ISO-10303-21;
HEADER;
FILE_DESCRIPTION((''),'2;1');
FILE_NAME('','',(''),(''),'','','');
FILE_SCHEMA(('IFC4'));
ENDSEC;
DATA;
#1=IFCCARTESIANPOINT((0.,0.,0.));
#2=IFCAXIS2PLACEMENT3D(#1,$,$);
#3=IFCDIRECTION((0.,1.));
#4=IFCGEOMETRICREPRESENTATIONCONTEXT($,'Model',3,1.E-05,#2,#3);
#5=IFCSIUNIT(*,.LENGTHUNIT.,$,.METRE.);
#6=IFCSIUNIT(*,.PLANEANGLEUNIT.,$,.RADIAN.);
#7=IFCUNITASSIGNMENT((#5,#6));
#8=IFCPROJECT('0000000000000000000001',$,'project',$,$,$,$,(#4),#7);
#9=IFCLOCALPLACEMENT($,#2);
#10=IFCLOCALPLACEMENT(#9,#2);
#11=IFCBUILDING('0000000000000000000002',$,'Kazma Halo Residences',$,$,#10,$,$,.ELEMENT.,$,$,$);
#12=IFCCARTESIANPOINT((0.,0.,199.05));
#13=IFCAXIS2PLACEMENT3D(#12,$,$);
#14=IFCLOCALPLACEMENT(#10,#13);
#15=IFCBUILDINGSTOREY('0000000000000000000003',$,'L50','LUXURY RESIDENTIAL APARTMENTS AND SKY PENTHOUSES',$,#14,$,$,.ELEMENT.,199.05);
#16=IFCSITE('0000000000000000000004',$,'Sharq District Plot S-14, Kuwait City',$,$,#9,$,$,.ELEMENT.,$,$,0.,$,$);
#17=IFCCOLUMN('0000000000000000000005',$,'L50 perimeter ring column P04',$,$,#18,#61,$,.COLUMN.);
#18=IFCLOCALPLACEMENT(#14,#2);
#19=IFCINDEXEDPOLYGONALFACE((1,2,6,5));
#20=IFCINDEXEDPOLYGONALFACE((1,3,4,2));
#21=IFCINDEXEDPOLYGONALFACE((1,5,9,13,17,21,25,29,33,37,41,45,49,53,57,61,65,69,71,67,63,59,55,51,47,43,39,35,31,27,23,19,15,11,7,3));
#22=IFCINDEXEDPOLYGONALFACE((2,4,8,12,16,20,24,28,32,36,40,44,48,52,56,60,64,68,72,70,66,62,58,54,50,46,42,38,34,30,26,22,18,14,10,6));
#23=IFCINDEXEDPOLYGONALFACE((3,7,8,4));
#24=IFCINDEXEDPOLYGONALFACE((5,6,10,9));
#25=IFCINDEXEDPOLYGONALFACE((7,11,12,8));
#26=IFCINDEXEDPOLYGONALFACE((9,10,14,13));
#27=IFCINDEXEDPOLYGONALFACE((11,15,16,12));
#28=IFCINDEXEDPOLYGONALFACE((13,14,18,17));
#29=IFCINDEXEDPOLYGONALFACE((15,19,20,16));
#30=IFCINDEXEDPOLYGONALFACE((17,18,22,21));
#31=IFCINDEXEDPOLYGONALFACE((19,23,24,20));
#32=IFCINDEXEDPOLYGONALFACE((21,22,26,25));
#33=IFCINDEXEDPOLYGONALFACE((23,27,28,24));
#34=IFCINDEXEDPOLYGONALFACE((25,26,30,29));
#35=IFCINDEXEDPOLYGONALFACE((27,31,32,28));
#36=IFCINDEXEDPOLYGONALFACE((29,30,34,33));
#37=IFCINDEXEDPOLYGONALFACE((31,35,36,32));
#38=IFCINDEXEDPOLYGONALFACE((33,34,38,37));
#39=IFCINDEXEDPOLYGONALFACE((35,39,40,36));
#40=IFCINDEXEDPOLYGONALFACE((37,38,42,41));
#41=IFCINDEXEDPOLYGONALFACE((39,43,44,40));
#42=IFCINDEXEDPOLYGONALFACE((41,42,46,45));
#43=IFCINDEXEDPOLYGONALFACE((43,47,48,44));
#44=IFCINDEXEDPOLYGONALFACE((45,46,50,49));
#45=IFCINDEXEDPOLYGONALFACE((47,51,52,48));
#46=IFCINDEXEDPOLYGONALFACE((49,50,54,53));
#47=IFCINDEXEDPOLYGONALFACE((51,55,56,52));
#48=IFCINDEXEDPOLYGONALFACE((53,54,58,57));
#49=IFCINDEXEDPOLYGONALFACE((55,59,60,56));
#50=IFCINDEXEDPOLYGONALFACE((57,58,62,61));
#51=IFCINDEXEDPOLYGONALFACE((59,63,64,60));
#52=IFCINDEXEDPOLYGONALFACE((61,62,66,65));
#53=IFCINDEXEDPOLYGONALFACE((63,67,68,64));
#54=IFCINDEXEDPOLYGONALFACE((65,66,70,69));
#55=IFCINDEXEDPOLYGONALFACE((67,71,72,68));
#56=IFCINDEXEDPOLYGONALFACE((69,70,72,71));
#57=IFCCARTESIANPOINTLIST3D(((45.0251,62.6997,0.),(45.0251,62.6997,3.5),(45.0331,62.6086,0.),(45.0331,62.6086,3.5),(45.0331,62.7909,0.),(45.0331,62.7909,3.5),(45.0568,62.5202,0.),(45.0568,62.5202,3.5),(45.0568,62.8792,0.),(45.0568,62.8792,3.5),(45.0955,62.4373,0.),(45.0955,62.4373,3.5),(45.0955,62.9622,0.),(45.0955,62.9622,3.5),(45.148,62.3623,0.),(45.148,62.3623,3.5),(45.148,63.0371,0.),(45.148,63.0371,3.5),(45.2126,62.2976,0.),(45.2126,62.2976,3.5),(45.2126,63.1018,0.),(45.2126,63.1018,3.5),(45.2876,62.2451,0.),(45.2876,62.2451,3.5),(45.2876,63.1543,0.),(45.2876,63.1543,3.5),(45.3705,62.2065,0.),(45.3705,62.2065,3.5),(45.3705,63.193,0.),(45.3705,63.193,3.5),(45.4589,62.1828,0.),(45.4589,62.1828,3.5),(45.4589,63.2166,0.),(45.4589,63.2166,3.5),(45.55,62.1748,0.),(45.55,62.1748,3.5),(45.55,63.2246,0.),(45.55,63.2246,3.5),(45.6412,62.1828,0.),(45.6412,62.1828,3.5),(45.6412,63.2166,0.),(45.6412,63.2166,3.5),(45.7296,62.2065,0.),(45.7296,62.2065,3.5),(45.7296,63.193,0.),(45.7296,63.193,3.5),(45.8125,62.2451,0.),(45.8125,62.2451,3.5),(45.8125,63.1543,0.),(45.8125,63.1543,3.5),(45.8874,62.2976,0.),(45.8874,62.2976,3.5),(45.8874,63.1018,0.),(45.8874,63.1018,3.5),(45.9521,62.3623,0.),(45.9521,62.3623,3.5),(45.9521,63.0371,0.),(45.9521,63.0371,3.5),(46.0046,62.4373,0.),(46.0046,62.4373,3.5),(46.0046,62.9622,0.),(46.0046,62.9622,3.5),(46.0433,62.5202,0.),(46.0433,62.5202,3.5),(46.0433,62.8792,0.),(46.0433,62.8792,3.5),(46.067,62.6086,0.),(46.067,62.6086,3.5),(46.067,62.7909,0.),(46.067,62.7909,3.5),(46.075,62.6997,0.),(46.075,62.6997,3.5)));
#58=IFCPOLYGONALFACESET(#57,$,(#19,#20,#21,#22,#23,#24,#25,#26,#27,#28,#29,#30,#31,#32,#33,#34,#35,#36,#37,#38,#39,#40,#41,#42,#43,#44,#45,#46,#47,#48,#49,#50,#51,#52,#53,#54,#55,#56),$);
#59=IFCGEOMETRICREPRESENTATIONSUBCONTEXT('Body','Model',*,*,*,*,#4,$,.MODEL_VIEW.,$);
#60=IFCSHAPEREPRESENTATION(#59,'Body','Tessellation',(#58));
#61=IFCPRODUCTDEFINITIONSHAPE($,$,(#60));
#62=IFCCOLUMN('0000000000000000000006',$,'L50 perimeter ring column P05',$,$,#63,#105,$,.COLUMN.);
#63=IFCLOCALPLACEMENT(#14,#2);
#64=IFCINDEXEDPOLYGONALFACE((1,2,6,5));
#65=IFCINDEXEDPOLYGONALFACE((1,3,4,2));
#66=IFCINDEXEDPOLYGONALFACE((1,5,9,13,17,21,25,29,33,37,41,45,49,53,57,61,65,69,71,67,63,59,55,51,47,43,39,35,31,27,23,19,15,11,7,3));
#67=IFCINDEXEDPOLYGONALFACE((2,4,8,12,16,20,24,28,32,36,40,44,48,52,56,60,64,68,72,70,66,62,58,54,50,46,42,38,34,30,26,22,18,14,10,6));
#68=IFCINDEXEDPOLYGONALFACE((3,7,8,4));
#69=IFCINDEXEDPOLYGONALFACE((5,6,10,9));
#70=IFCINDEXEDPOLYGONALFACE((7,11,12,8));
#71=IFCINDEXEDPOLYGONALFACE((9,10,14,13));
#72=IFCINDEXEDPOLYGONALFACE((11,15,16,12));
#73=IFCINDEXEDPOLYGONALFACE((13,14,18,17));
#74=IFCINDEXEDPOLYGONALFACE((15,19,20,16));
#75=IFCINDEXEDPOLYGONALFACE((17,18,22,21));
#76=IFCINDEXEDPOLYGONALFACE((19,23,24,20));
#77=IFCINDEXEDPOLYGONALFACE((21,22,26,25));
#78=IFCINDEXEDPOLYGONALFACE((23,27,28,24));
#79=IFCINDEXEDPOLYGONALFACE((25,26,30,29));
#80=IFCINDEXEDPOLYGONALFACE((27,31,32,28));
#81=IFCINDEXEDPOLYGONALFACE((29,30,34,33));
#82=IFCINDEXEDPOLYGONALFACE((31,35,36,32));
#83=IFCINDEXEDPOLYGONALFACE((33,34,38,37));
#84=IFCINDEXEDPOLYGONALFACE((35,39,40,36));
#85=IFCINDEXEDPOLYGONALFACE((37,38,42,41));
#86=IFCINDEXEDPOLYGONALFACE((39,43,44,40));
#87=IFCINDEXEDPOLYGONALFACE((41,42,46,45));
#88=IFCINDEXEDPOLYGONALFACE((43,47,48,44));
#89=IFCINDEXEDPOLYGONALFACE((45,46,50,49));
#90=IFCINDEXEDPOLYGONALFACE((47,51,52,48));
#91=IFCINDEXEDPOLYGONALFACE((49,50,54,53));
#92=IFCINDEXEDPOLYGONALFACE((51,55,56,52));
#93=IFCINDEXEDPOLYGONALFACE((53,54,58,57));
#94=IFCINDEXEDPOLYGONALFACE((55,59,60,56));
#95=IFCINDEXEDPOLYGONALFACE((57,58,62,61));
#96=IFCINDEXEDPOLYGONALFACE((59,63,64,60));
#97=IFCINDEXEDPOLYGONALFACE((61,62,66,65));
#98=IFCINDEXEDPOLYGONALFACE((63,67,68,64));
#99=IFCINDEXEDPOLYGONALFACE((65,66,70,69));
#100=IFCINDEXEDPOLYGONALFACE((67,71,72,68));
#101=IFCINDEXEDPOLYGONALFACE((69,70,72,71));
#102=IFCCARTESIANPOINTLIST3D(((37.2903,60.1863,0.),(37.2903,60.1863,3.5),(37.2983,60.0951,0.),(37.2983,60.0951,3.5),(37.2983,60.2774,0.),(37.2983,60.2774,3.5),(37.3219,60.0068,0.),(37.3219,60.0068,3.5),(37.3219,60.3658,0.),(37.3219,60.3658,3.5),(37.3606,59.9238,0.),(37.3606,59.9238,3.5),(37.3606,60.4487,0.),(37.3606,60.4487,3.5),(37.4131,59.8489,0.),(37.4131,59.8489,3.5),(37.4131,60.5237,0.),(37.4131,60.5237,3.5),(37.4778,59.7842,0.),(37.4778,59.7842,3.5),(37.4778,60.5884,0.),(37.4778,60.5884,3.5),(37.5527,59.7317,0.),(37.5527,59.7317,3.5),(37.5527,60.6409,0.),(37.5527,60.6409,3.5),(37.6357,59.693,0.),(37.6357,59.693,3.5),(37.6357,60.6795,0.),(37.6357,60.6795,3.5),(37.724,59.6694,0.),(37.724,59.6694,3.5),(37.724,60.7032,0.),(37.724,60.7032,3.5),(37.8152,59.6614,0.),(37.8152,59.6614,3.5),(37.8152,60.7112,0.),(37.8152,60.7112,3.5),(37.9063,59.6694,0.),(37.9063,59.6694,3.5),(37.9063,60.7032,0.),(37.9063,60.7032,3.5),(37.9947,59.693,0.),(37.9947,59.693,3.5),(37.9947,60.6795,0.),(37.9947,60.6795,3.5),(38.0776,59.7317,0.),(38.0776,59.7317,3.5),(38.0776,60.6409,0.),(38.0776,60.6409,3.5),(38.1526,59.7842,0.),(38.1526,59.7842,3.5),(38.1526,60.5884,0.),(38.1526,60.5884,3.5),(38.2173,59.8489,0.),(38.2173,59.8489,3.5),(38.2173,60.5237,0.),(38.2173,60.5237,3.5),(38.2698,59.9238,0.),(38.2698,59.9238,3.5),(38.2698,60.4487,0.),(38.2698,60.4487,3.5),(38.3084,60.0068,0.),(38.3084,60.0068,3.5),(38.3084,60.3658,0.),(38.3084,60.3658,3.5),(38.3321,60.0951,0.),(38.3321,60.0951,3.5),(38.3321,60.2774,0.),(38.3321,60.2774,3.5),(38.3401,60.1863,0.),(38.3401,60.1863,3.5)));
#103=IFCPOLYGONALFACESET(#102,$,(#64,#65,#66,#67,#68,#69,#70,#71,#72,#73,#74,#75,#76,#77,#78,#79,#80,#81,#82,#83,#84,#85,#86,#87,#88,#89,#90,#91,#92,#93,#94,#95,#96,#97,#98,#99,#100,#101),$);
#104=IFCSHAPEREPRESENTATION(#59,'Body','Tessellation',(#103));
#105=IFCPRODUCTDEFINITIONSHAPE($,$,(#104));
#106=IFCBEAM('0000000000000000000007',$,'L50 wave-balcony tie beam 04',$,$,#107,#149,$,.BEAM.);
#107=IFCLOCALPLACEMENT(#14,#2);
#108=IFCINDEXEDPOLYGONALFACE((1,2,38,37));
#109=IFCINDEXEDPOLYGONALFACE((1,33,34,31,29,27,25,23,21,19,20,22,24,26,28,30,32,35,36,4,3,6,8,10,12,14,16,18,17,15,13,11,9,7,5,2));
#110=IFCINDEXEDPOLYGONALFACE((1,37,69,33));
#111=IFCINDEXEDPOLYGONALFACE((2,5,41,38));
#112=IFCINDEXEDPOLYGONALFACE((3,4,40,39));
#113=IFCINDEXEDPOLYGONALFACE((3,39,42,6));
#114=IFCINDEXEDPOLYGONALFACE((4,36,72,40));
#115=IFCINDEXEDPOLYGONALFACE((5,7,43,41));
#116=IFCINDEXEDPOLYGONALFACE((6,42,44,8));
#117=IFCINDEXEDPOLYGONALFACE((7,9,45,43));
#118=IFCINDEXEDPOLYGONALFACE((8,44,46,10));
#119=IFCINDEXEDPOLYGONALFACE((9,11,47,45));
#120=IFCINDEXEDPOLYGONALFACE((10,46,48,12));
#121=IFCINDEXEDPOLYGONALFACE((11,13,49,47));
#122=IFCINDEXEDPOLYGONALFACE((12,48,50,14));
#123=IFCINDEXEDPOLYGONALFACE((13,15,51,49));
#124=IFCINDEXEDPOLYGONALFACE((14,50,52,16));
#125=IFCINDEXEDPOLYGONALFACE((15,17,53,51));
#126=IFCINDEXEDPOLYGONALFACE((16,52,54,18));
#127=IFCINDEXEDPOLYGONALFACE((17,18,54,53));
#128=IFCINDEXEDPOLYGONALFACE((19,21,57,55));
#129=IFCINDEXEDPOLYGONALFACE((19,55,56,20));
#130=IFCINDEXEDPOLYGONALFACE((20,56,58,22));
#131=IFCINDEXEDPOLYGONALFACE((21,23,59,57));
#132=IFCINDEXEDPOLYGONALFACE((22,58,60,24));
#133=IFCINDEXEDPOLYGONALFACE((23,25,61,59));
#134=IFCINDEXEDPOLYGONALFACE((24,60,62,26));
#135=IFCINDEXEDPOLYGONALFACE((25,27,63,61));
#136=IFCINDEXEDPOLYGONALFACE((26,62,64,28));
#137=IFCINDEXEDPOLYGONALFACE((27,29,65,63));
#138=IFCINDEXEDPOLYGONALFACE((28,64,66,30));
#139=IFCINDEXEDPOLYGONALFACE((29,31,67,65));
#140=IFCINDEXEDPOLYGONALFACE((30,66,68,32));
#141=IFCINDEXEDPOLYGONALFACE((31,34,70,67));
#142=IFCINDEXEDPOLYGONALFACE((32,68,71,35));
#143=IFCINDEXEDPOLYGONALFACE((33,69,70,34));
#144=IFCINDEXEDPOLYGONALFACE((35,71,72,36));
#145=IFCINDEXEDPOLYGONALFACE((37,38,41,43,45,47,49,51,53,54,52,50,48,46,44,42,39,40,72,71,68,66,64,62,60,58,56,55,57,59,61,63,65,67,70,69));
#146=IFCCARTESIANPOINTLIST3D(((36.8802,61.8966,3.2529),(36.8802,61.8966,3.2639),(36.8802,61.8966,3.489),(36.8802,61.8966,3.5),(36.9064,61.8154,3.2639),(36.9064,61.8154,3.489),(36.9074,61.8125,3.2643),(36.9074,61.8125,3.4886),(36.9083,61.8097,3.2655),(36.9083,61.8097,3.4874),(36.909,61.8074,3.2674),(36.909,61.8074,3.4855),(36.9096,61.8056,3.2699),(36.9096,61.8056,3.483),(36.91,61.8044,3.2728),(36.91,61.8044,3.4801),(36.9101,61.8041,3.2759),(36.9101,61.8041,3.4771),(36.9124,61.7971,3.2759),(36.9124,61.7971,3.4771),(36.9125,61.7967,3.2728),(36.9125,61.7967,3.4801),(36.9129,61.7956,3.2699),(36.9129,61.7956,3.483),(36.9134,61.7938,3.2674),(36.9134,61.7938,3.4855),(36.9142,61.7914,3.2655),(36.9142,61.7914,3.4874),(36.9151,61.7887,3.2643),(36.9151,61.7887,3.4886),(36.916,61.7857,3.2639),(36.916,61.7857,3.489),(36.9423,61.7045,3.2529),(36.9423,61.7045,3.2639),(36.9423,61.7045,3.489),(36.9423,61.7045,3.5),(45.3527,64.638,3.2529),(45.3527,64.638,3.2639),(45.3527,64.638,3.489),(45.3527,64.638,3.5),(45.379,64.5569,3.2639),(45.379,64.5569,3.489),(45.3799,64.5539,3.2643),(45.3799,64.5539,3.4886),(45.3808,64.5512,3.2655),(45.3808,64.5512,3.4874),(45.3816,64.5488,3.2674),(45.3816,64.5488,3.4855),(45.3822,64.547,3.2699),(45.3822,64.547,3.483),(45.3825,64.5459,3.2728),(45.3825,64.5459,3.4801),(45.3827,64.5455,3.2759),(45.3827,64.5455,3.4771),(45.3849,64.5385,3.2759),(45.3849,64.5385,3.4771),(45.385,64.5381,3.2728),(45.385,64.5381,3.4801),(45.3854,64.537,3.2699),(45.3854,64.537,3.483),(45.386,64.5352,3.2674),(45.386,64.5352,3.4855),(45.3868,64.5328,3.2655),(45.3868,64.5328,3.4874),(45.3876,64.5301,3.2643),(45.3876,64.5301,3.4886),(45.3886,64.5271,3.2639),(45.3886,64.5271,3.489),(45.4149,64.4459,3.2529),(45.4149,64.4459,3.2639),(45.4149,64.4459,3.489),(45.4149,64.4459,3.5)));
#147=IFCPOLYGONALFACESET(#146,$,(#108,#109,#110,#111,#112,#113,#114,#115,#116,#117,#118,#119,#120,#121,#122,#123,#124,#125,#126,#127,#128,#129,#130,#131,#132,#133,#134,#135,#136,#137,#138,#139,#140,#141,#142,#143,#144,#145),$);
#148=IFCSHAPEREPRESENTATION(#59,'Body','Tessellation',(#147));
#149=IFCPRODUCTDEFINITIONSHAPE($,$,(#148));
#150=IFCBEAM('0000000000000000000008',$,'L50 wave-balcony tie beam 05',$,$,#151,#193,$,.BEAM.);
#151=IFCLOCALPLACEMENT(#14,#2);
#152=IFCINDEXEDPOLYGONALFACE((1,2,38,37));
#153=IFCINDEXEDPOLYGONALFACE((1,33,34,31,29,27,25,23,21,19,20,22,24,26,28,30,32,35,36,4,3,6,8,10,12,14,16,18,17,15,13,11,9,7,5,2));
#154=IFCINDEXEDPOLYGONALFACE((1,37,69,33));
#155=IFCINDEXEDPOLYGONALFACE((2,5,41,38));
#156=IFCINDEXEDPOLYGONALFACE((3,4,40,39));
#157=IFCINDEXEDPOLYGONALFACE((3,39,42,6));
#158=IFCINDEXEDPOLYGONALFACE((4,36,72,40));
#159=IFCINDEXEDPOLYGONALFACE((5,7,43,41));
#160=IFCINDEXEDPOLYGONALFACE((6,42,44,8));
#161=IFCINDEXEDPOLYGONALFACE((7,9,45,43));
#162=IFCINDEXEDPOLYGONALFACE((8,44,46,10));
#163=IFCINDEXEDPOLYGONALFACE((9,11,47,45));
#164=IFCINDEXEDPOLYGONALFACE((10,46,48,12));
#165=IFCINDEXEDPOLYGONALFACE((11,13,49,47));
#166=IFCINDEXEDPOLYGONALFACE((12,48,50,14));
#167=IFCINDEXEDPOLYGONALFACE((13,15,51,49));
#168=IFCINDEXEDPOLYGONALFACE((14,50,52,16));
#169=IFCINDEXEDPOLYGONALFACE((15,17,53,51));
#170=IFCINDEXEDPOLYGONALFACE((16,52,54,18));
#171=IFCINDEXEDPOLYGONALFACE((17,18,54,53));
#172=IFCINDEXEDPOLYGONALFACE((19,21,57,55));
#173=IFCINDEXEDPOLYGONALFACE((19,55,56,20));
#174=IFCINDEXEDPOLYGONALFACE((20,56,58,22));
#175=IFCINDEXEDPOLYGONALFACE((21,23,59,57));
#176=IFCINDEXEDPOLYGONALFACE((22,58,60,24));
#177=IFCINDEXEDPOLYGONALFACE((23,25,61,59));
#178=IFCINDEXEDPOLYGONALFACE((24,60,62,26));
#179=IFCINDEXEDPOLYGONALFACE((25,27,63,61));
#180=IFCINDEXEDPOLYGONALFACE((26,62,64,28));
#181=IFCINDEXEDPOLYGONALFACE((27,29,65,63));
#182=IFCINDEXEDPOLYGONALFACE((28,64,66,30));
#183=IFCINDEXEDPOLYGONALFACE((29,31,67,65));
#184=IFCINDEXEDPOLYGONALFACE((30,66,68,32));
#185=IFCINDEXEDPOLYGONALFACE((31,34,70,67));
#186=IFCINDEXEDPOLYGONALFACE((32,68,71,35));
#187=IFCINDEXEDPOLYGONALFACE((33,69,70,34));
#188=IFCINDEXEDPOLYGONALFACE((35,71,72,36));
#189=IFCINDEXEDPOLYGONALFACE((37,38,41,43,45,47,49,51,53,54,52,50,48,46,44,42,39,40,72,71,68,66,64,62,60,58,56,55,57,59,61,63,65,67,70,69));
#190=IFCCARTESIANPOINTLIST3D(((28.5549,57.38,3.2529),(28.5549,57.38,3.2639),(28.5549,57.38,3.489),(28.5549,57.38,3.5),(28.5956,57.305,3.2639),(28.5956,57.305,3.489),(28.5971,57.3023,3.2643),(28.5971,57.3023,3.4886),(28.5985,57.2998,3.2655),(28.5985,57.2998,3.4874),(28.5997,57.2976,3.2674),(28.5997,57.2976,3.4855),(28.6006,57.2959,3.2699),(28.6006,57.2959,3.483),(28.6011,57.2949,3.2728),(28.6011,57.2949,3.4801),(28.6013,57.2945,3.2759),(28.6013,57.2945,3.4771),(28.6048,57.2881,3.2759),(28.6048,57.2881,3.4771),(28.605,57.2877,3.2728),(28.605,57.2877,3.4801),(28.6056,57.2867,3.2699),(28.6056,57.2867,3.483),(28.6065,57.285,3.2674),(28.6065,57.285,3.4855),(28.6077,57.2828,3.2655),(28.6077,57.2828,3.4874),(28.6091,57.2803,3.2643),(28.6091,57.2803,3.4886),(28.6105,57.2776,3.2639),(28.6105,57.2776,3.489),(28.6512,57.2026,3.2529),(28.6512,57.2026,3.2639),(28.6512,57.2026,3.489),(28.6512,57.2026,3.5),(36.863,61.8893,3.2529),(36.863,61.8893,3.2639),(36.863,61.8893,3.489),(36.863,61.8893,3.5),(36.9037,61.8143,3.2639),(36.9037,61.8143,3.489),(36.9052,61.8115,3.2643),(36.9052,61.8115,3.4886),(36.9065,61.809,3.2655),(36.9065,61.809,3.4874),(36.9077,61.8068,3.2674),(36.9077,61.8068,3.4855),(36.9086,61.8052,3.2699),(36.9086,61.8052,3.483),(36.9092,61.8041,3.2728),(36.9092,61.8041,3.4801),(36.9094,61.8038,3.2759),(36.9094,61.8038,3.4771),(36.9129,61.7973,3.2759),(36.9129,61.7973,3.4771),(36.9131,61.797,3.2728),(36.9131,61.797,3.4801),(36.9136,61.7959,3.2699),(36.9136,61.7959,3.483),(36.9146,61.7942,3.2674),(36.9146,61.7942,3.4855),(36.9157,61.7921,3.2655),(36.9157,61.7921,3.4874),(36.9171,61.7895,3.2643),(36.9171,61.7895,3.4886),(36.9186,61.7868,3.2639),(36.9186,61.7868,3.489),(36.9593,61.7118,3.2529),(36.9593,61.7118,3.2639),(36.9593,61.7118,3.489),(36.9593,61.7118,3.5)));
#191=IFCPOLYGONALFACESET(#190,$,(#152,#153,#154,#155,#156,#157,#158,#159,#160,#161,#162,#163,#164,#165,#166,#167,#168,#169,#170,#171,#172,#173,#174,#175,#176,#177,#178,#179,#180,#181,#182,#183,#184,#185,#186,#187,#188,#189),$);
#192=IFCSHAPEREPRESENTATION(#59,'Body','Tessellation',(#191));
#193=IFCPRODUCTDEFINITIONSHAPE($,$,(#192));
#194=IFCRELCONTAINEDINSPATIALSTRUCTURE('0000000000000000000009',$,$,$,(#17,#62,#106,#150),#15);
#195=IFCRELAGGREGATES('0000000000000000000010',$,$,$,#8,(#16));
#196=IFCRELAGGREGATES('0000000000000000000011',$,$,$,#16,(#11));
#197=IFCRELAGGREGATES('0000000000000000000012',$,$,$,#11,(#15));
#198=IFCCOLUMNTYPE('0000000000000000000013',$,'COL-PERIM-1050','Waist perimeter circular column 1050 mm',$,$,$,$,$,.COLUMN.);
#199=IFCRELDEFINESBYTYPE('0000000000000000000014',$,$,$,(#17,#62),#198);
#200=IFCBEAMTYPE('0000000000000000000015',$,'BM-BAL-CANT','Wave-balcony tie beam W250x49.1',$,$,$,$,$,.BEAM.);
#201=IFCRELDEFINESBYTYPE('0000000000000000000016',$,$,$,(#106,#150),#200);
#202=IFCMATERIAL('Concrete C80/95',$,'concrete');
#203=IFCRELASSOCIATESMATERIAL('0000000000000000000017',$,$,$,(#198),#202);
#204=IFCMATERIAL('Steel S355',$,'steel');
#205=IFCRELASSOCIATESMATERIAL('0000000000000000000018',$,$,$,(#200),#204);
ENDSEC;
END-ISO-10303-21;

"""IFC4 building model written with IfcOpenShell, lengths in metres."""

from ifc_helpers import new_model, si_unit, direction, frame, origin, origin_2d, place, context, subcontext, project, spatial, circle, i_section, extrude, material, material_profile, profile_set, type_object, element, save


model = new_model("IFC4")

# Units and contexts
model_context = context("Model", 3, precision=1e-05, world=origin(), true_north=direction((0.0, 1.0)))
body_context = subcontext(model_context, "Body", "Model", "MODEL_VIEW")
ifc_project = project(units=[si_unit("LENGTHUNIT", "METRE"), si_unit("PLANEANGLEUNIT", "RADIAN")], contexts=[model_context])

# Site, building, storey
site_placement = place(None, origin())
site = spatial("IfcSite", under=ifc_project, at=site_placement, Name="Sharq District Plot S-14, Kuwait City", CompositionType="ELEMENT", RefElevation=0.0)
building_placement = place(site_placement, origin())
building = spatial("IfcBuilding", under=site, at=building_placement, Name="Kazma Halo Residences", CompositionType="ELEMENT")
storey_placement = place(building_placement, frame((0.0, 0.0, 199.05)))
storey = spatial("IfcBuildingStorey", under=building, at=storey_placement, Name="L50", Description="LUXURY RESIDENTIAL APARTMENTS AND SKY PENTHOUSES", CompositionType="ELEMENT", Elevation=199.05)

# Columns
ifc_material_1 = material(Name="Concrete C80/95", Category="concrete")
ifc_material_profile_1 = material_profile(ifc_material_1, circle(Radius=0.5249, at=origin_2d()), Name="CIRC1050")
ifc_profile_set_1 = profile_set([ifc_material_profile_1], Name="Concrete C80/95")
column_type = type_object("IfcColumnType", Name="COL-PERIM-1050", Description="Waist perimeter circular column 1050 mm", PredefinedType="COLUMN", material=ifc_profile_set_1)
for number, where, z_axis, x_axis, name in (
    (1, (45.55, 62.6997, 0.0), (0.0, 0.0, 1.0), (1.0, 0.0, 0.0), "L50 perimeter ring column P04"),
    (2, (37.8152, 60.1863, 0.0), (0.0, 0.0, 1.0), (1.0, 0.0, 0.0), "L50 perimeter ring column P05"),
):
    element("IfcColumn", number, at=place(storey_placement, frame(where, z_axis=z_axis, x_axis=x_axis)), inside=storey, type_object=column_type, Name=name, PredefinedType="COLUMN", context=body_context, shape_type="SweptSolid", body=[
        extrude(circle(Radius=0.5249, at=origin_2d()), origin(), (0.0, 0.0, 1.0), 3.5),
    ])

# Beams
ifc_material_2 = material(Name="Steel S355", Category="steel")
ifc_material_profile_2 = material_profile(ifc_material_2, i_section(OverallWidth=0.2019, OverallDepth=0.2471, WebThickness=0.0073, FlangeThickness=0.011, FilletRadius=0.012, at=origin_2d()), Name="W250x49.1")
ifc_profile_set_2 = profile_set([ifc_material_profile_2], Name="Steel S355")
beam_type_1 = type_object("IfcBeamType", Name="BM-BAL-CANT", Description="Wave-balcony tie beam W250x49.1", PredefinedType="BEAM", material=ifc_profile_set_2)
beam_1_placement = place(storey_placement, frame((45.3838, 64.542, 3.3765), z_axis=(-0.951435, -0.307851, 0.0), x_axis=(0.307851, -0.951435, 0.0)))
element("IfcBeam", 3, at=beam_1_placement, inside=storey, type_object=beam_type_1, Name="L50 wave-balcony tie beam 04", PredefinedType="BEAM", context=body_context, shape_type="SweptSolid", body=[
    extrude(i_section(OverallWidth=0.2019, OverallDepth=0.2471, WebThickness=0.0073, FlangeThickness=0.011, FilletRadius=0.012, at=origin_2d()), origin(), (0.0, 0.0, 1.0), 8.905),
])
beam_2_placement = place(storey_placement, frame((36.9111, 61.8005, 3.3765), z_axis=(-0.878891, -0.477023, 0.0), x_axis=(0.477023, -0.878891, 0.0)))
element("IfcBeam", 4, at=beam_2_placement, inside=storey, type_object=beam_type_1, Name="L50 wave-balcony tie beam 05", PredefinedType="BEAM", context=body_context, shape_type="SweptSolid", body=[
    extrude(i_section(OverallWidth=0.2019, OverallDepth=0.2471, WebThickness=0.0073, FlangeThickness=0.011, FilletRadius=0.012, at=origin_2d()), origin(), (0.0, 0.0, 1.0), 9.4529),
])

save(model, "model.ifc")
